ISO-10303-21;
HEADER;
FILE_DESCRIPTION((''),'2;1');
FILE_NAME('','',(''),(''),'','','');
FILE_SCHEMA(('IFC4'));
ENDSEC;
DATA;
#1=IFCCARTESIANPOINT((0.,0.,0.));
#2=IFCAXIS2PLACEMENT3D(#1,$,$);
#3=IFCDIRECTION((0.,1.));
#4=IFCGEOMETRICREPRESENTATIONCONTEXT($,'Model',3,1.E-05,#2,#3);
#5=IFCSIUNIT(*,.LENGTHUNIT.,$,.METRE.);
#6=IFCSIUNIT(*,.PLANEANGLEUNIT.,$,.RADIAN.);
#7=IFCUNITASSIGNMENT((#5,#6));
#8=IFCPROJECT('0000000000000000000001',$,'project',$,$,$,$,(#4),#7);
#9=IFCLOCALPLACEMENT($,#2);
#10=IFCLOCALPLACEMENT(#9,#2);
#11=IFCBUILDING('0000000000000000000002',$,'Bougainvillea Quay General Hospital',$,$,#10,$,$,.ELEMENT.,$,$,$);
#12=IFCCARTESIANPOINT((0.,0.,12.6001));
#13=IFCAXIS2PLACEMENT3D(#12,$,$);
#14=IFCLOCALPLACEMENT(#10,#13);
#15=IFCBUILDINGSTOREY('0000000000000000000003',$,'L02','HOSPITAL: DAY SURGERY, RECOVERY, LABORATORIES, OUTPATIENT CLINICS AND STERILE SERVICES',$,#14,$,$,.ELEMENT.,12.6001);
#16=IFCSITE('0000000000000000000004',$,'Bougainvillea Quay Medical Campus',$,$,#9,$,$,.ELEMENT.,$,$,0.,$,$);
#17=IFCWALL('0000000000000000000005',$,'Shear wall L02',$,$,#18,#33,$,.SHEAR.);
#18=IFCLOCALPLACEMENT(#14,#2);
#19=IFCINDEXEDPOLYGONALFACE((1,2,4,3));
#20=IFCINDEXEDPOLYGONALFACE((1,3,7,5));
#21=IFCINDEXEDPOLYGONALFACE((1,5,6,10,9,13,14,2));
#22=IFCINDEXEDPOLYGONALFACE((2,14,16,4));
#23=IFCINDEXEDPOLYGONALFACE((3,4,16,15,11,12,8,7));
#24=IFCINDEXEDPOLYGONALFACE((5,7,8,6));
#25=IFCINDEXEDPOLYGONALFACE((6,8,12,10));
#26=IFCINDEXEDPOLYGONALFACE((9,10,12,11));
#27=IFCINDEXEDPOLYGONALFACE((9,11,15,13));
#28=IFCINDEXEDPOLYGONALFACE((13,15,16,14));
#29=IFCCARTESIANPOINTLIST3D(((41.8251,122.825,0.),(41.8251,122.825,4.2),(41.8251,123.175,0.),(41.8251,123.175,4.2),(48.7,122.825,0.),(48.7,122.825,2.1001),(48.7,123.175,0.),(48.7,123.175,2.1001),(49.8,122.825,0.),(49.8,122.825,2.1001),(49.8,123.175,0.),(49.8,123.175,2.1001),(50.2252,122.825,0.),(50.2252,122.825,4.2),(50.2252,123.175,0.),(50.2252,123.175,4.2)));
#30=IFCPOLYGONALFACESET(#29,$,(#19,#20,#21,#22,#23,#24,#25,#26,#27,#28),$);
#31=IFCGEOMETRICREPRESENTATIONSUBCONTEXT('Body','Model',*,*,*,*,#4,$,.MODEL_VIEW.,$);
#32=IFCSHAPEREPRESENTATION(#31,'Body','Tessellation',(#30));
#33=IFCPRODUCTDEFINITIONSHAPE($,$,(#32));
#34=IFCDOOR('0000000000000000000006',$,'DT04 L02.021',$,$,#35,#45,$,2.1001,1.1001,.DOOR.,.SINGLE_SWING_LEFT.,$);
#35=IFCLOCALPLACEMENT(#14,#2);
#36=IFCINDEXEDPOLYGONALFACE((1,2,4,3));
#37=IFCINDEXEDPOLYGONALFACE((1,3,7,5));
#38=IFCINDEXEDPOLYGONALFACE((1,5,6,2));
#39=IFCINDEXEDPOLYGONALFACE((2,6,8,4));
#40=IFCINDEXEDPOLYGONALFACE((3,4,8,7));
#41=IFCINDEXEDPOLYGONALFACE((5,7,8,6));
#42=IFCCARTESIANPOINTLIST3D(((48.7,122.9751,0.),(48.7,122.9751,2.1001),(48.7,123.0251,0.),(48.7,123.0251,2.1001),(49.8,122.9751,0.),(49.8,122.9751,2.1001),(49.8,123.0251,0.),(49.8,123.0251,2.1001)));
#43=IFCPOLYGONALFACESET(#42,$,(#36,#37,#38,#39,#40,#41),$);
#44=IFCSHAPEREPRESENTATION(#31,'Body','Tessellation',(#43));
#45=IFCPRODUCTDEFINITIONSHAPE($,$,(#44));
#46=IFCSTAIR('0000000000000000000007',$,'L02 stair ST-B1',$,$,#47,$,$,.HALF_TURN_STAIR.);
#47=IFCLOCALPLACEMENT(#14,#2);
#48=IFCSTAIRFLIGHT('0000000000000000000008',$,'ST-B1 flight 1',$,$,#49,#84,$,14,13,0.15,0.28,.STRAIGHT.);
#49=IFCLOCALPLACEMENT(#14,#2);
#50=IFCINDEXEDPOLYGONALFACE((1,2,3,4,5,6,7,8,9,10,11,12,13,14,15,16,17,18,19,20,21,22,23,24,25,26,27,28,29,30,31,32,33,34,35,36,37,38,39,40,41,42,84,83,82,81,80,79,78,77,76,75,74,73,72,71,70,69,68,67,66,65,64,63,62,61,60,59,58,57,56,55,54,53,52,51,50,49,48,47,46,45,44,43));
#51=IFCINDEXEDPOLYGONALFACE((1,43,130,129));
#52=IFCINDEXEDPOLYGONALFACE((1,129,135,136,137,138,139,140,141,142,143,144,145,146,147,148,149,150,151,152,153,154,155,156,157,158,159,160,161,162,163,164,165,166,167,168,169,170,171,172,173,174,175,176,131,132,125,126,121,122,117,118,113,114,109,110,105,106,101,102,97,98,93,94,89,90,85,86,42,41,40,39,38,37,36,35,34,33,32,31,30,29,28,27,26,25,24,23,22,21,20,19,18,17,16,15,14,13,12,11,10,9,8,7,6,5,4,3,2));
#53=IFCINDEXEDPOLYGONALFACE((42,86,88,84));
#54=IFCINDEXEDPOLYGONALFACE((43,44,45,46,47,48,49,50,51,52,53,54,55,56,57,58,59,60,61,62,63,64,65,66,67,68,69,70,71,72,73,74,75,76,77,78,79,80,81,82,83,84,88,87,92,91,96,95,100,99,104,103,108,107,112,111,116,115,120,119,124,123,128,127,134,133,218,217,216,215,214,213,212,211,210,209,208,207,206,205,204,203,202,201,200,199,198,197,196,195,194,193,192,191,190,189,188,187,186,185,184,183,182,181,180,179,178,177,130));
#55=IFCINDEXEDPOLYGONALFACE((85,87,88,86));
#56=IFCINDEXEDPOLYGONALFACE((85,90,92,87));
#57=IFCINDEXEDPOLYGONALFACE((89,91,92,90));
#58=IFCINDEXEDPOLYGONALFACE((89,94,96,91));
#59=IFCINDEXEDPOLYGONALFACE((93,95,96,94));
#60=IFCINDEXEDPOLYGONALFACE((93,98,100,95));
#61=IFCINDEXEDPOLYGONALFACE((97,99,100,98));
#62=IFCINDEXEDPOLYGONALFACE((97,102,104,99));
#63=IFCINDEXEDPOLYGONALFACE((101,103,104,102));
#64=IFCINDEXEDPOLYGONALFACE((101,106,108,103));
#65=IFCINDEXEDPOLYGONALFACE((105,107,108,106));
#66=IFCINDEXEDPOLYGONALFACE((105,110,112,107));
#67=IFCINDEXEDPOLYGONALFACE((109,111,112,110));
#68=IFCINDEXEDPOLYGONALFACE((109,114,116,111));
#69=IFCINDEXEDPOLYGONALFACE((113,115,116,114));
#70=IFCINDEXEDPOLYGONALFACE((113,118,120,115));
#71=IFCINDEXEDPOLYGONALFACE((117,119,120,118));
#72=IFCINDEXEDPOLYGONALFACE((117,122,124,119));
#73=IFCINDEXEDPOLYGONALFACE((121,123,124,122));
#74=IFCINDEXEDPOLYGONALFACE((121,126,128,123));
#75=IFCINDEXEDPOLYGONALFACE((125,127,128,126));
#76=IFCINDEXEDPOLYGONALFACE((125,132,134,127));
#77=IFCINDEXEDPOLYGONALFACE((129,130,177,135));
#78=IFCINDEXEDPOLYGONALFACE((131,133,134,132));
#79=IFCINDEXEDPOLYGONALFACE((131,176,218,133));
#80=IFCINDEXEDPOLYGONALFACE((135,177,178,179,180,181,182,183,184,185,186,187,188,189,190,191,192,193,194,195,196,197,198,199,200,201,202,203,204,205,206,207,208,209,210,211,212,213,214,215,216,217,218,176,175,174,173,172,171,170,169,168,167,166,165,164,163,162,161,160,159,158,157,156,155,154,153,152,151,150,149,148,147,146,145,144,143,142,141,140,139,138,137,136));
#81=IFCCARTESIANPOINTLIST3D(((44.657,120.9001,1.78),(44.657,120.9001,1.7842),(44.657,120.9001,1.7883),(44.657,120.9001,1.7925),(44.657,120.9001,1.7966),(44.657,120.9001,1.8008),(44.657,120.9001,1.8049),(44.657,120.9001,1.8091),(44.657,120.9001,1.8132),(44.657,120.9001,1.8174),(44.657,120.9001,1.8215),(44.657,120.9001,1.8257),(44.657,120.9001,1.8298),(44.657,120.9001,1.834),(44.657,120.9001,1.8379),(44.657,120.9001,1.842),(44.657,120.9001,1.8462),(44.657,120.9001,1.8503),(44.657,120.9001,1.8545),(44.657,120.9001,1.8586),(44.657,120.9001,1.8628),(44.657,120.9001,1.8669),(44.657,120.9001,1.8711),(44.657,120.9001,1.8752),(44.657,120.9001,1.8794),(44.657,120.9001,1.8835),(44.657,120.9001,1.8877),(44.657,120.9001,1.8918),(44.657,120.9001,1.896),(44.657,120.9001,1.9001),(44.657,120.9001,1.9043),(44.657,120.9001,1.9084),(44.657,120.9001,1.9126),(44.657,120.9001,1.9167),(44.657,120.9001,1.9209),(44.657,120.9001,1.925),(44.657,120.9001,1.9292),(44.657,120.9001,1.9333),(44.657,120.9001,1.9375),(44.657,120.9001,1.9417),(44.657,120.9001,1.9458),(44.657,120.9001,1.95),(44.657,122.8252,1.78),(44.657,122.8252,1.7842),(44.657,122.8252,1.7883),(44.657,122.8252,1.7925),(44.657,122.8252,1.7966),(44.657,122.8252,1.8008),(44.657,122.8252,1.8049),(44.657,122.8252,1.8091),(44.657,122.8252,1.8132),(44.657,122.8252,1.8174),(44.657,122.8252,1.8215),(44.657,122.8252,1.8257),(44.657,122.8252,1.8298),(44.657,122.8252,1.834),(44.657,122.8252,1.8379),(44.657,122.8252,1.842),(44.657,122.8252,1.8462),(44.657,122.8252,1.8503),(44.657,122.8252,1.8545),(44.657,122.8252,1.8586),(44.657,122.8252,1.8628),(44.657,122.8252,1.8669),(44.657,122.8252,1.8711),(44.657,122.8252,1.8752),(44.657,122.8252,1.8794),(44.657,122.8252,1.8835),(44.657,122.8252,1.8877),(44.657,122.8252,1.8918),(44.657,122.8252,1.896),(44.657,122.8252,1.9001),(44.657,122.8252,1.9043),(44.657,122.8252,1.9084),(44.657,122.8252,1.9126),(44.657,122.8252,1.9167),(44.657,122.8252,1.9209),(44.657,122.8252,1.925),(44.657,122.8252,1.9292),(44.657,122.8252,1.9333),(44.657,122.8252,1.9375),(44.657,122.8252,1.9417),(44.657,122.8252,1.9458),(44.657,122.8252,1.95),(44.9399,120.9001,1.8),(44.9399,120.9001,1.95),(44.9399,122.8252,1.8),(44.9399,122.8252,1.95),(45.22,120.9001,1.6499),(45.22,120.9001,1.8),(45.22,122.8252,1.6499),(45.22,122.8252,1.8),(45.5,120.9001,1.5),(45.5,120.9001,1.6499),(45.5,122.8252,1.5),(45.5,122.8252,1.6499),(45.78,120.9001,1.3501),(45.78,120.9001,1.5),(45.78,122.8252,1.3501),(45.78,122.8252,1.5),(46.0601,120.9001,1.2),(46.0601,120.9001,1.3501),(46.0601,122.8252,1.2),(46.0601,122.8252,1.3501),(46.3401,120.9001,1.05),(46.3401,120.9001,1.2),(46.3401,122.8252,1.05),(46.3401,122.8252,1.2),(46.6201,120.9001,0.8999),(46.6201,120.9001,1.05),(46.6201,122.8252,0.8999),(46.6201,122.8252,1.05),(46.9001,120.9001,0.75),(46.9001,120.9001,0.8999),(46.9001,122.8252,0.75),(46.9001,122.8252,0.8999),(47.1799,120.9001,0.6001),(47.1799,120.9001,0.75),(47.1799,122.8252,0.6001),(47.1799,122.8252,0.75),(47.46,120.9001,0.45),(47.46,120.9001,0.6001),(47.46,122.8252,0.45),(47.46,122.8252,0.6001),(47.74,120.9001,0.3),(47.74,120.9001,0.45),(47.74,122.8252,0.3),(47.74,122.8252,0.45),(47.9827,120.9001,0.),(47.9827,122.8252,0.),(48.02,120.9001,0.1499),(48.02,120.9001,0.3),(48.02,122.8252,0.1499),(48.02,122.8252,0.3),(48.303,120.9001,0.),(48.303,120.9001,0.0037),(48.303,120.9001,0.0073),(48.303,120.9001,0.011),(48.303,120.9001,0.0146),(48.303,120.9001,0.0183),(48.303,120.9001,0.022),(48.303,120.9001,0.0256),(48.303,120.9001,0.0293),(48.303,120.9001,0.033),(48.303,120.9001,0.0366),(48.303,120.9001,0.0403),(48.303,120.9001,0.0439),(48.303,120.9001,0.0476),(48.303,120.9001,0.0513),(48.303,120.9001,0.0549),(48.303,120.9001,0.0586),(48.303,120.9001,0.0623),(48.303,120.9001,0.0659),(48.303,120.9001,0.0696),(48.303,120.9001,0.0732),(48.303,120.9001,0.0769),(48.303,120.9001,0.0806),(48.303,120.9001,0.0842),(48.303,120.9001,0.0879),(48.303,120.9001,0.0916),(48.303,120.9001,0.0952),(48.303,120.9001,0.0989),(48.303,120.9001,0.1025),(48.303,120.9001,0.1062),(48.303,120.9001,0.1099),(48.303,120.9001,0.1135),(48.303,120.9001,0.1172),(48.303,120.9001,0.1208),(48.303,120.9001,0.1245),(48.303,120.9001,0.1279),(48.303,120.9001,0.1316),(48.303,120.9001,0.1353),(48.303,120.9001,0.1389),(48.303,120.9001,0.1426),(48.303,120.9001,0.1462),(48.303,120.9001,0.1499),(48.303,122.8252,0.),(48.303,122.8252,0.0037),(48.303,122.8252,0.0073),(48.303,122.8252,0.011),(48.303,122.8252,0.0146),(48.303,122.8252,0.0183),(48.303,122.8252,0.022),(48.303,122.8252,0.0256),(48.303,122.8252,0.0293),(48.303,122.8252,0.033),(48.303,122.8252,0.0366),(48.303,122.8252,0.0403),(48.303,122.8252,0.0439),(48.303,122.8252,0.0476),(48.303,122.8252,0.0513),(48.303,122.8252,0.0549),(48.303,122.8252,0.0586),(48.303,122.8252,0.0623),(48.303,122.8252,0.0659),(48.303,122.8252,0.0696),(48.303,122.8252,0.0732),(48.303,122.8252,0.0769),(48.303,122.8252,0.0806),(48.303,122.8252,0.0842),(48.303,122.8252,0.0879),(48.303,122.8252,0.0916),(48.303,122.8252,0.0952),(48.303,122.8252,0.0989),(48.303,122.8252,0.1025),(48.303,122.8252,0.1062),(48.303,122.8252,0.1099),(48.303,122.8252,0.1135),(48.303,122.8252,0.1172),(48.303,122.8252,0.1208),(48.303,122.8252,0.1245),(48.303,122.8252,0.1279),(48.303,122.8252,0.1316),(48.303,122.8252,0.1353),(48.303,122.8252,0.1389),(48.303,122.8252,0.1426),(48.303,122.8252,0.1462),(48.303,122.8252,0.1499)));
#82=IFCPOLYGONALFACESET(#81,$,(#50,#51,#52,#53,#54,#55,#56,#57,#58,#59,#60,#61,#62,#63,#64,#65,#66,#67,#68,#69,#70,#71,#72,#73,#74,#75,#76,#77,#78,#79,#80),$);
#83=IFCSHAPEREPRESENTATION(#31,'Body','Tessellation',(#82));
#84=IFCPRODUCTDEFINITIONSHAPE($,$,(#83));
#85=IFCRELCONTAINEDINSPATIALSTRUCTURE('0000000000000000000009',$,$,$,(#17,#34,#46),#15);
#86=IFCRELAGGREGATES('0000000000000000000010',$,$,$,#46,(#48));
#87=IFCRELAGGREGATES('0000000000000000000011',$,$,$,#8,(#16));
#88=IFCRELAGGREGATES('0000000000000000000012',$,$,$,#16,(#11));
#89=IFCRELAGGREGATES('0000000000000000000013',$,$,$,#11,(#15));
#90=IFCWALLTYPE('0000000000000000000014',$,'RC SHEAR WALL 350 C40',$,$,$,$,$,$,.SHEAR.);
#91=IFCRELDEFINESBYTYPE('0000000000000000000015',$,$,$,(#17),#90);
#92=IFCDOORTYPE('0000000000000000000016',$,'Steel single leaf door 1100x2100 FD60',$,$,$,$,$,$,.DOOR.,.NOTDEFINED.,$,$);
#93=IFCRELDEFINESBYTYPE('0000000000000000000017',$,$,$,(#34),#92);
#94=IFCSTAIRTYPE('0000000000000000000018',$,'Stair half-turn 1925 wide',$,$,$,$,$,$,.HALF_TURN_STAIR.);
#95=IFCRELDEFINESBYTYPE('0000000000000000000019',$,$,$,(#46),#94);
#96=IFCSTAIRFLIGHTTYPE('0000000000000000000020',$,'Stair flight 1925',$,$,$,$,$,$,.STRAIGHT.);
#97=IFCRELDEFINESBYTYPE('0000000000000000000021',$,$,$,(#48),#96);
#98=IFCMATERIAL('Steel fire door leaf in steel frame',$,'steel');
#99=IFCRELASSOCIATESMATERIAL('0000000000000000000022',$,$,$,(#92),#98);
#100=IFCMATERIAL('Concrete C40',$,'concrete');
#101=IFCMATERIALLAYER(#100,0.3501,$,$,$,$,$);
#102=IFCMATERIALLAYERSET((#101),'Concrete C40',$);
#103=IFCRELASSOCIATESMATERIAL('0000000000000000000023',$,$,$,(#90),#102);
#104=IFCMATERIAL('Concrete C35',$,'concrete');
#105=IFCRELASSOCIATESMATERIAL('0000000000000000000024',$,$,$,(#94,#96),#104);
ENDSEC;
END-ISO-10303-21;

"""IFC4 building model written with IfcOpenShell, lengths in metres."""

from ifc_helpers import new_model, si_unit, direction, frame, frame_2d, origin, place, context, subcontext, project, spatial, polyline, rectangle, outline, extrude, material, layer, layer_set, type_object, element, fill, aggregate, save


model = new_model("IFC4")

# Units and contexts
model_context = context("Model", 3, precision=1e-05, world=origin(), true_north=direction((0.0, 1.0)))
body_context = subcontext(model_context, "Body", "Model", "MODEL_VIEW")
ifc_project = project(units=[si_unit("LENGTHUNIT", "METRE"), si_unit("PLANEANGLEUNIT", "RADIAN")], contexts=[model_context])

# Site, building, storey
site_placement = place(None, origin())
site = spatial("IfcSite", under=ifc_project, at=site_placement, Name="Bougainvillea Quay Medical Campus", CompositionType="ELEMENT", RefElevation=0.0)
building_placement = place(site_placement, origin())
building = spatial("IfcBuilding", under=site, at=building_placement, Name="Bougainvillea Quay General Hospital", CompositionType="ELEMENT")
storey_placement = place(building_placement, frame((0.0, 0.0, 12.6001)))
storey = spatial("IfcBuildingStorey", under=building, at=storey_placement, Name="L02", Description="HOSPITAL: DAY SURGERY, RECOVERY, LABORATORIES, OUTPATIENT CLINICS AND STERILE SERVICES", CompositionType="ELEMENT", Elevation=12.6001)

# Shared definitions
ifc_material_1 = material(Name="Concrete C40", Category="concrete")

# Wall, opening, door
ifc_material_2 = material(Name="Steel fire door leaf in steel frame", Category="steel")
door_type = type_object("IfcDoorType", Name="Steel single leaf door 1100x2100 FD60", OperationType="NOTDEFINED", PredefinedType="DOOR", material=ifc_material_2)
ifc_layer_1 = layer(ifc_material_1, 0.3501)
ifc_layer_set_1 = layer_set([ifc_layer_1], Name="Concrete C40")
wall_type_1 = type_object("IfcWallType", Name="RC SHEAR WALL 350 C40", PredefinedType="SHEAR", material=ifc_layer_set_1)
wall_1_placement = place(storey_placement, frame((41.825, 123.0, 0.0), z_axis=(0.0, 0.0, 1.0), x_axis=(1.0, 0.0, 0.0)))
wall_1 = element("IfcWall", 1, at=wall_1_placement, inside=storey, type_object=wall_type_1, Name="Shear wall L02", PredefinedType="SHEAR", context=body_context, shape_type="SweptSolid", body=[
    extrude(rectangle(XDim=8.4001, YDim=0.3501, at=frame_2d((4.2002, 0.0))), origin(), (0.0, 0.0, 1.0), 4.2),
])
opening_1_placement = place(wall_1_placement, frame((6.875, 0.0, 0.0)))
opening_1 = element("IfcOpeningElement", 2, at=opening_1_placement, cuts=wall_1, PredefinedType="OPENING", context=body_context, shape_type="SweptSolid", body=[
    extrude(rectangle(XDim=1.1001, YDim=2.1001, at=frame_2d((0.55, 1.05))), frame((0.0, 0.1851, 0.0), z_axis=(0.0, -1.0, 0.0), x_axis=(1.0, 0.0, 0.0)), (0.0, 0.0, 1.0), 0.3701),
])
door_1_placement = place(opening_1_placement, frame((1.1001, 0.0, 0.0), z_axis=(0.0, 0.0, 1.0), x_axis=(-1.0, 0.0, 0.0)))
door_1 = element("IfcDoor", 3, at=door_1_placement, inside=storey, type_object=door_type, Name="DT04 L02.021", OperationType="SINGLE_SWING_LEFT", OverallHeight=2.1001, OverallWidth=1.1001, PredefinedType="DOOR", context=body_context, shape_type="SweptSolid", body=[
    extrude(rectangle(XDim=1.1001, YDim=2.1001, at=frame_2d((0.55, 1.05))), frame((0.0, 0.0249, 0.0), z_axis=(0.0, -1.0, 0.0), x_axis=(1.0, 0.0, 0.0)), (0.0, 0.0, 1.0), 0.05),
])
fill(opening_1, door_1)

# Stair, stair flight
ifc_material_3 = material(Name="Concrete C35", Category="concrete")
stair_type = type_object("IfcStairType", Name="Stair half-turn 1925 wide", PredefinedType="HALF_TURN_STAIR", material=ifc_material_3)
stair_placement = place(storey_placement, origin())
stair = element("IfcStair", 4, at=stair_placement, inside=storey, type_object=stair_type, Name="L02 stair ST-B1", PredefinedType="HALF_TURN_STAIR")
stair_flight_type = type_object("IfcStairFlightType", Name="Stair flight 1925", PredefinedType="STRAIGHT", material=ifc_material_3)
stair_flight_1_placement = place(storey_placement, frame((48.3, 121.8625, 0.0), z_axis=(0.0, 0.0, 1.0), x_axis=(-1.0, 0.0, 0.0)))
stair_flight_1 = element("IfcStairFlight", 5, at=stair_flight_1_placement, type_object=stair_flight_type, Name="ST-B1 flight 1", NumberOfRisers=14, NumberOfTreads=13, PredefinedType="STRAIGHT", RiserHeight=0.15, TreadLength=0.28, context=body_context, shape_type="SweptSolid", body=[
    extrude(outline(polyline([(-0.0029, 0.0), (-0.0029, 0.0037), (-0.0029, 0.0073), (-0.0029, 0.011), (-0.0029, 0.0146), (-0.0029, 0.0183), (-0.0029, 0.022), (-0.0029, 0.0256), (-0.0029, 0.0293), (-0.0029, 0.033), (-0.0029, 0.0366), (-0.0029, 0.0403), (-0.0029, 0.0439), (-0.0029, 0.0476), (-0.0029, 0.0513), (-0.0029, 0.0549), (-0.0029, 0.0586), (-0.0029, 0.0623), (-0.0029, 0.0659), (-0.0029, 0.0696), (-0.0029, 0.0732), (-0.0029, 0.0769), (-0.0029, 0.0806), (-0.0029, 0.0842), (-0.0029, 0.0879), (-0.0029, 0.0916), (-0.0029, 0.0952), (-0.0029, 0.0989), (-0.0029, 0.1025), (-0.0029, 0.1062), (-0.0029, 0.1099), (-0.0029, 0.1135), (-0.0029, 0.1172), (-0.0029, 0.1208), (-0.0029, 0.1245), (-0.0029, 0.1279), (-0.0029, 0.1316), (-0.0029, 0.1353), (-0.0029, 0.1389), (-0.0029, 0.1426), (-0.0029, 0.1462), (-0.0029, 0.1499), (0.28, 0.1499), (0.28, 0.3), (0.5601, 0.3), (0.5601, 0.45), (0.8401, 0.45), (0.8401, 0.6001), (1.1201, 0.6001), (1.1201, 0.75), (1.3999, 0.75), (1.3999, 0.8999), (1.6799, 0.8999), (1.6799, 1.05), (1.96, 1.05), (1.96, 1.2), (2.24, 1.2), (2.24, 1.3501), (2.52, 1.3501), (2.52, 1.5), (2.8, 1.5), (2.8, 1.6499), (3.0801, 1.6499), (3.0801, 1.8), (3.3601, 1.8), (3.3601, 1.95), (3.6431, 1.95), (3.6431, 1.9458), (3.6431, 1.9417), (3.6431, 1.9375), (3.6431, 1.9333), (3.6431, 1.9292), (3.6431, 1.925), (3.6431, 1.9209), (3.6431, 1.9167), (3.6431, 1.9126), (3.6431, 1.9084), (3.6431, 1.9043), (3.6431, 1.9001), (3.6431, 1.896), (3.6431, 1.8918), (3.6431, 1.8877), (3.6431, 1.8835), (3.6431, 1.8794), (3.6431, 1.8752), (3.6431, 1.8711), (3.6431, 1.8669), (3.6431, 1.8628), (3.6431, 1.8586), (3.6431, 1.8545), (3.6431, 1.8503), (3.6431, 1.8462), (3.6431, 1.842), (3.6431, 1.8379), (3.6431, 1.834), (3.6431, 1.8298), (3.6431, 1.8257), (3.6431, 1.8215), (3.6431, 1.8174), (3.6431, 1.8132), (3.6431, 1.8091), (3.6431, 1.8049), (3.6431, 1.8008), (3.6431, 1.7966), (3.6431, 1.7925), (3.6431, 1.7883), (3.6431, 1.7842), (3.6431, 1.78), (0.3174, 0.0), (-0.0029, 0.0)])), frame((0.0, 0.9624, 0.0), z_axis=(0.0, -1.0, 0.0), x_axis=(1.0, 0.0, 0.0)), (0.0, 0.0, 1.0), 1.925),
])
aggregate(stair, [stair_flight_1])

save(model, "model.ifc")
